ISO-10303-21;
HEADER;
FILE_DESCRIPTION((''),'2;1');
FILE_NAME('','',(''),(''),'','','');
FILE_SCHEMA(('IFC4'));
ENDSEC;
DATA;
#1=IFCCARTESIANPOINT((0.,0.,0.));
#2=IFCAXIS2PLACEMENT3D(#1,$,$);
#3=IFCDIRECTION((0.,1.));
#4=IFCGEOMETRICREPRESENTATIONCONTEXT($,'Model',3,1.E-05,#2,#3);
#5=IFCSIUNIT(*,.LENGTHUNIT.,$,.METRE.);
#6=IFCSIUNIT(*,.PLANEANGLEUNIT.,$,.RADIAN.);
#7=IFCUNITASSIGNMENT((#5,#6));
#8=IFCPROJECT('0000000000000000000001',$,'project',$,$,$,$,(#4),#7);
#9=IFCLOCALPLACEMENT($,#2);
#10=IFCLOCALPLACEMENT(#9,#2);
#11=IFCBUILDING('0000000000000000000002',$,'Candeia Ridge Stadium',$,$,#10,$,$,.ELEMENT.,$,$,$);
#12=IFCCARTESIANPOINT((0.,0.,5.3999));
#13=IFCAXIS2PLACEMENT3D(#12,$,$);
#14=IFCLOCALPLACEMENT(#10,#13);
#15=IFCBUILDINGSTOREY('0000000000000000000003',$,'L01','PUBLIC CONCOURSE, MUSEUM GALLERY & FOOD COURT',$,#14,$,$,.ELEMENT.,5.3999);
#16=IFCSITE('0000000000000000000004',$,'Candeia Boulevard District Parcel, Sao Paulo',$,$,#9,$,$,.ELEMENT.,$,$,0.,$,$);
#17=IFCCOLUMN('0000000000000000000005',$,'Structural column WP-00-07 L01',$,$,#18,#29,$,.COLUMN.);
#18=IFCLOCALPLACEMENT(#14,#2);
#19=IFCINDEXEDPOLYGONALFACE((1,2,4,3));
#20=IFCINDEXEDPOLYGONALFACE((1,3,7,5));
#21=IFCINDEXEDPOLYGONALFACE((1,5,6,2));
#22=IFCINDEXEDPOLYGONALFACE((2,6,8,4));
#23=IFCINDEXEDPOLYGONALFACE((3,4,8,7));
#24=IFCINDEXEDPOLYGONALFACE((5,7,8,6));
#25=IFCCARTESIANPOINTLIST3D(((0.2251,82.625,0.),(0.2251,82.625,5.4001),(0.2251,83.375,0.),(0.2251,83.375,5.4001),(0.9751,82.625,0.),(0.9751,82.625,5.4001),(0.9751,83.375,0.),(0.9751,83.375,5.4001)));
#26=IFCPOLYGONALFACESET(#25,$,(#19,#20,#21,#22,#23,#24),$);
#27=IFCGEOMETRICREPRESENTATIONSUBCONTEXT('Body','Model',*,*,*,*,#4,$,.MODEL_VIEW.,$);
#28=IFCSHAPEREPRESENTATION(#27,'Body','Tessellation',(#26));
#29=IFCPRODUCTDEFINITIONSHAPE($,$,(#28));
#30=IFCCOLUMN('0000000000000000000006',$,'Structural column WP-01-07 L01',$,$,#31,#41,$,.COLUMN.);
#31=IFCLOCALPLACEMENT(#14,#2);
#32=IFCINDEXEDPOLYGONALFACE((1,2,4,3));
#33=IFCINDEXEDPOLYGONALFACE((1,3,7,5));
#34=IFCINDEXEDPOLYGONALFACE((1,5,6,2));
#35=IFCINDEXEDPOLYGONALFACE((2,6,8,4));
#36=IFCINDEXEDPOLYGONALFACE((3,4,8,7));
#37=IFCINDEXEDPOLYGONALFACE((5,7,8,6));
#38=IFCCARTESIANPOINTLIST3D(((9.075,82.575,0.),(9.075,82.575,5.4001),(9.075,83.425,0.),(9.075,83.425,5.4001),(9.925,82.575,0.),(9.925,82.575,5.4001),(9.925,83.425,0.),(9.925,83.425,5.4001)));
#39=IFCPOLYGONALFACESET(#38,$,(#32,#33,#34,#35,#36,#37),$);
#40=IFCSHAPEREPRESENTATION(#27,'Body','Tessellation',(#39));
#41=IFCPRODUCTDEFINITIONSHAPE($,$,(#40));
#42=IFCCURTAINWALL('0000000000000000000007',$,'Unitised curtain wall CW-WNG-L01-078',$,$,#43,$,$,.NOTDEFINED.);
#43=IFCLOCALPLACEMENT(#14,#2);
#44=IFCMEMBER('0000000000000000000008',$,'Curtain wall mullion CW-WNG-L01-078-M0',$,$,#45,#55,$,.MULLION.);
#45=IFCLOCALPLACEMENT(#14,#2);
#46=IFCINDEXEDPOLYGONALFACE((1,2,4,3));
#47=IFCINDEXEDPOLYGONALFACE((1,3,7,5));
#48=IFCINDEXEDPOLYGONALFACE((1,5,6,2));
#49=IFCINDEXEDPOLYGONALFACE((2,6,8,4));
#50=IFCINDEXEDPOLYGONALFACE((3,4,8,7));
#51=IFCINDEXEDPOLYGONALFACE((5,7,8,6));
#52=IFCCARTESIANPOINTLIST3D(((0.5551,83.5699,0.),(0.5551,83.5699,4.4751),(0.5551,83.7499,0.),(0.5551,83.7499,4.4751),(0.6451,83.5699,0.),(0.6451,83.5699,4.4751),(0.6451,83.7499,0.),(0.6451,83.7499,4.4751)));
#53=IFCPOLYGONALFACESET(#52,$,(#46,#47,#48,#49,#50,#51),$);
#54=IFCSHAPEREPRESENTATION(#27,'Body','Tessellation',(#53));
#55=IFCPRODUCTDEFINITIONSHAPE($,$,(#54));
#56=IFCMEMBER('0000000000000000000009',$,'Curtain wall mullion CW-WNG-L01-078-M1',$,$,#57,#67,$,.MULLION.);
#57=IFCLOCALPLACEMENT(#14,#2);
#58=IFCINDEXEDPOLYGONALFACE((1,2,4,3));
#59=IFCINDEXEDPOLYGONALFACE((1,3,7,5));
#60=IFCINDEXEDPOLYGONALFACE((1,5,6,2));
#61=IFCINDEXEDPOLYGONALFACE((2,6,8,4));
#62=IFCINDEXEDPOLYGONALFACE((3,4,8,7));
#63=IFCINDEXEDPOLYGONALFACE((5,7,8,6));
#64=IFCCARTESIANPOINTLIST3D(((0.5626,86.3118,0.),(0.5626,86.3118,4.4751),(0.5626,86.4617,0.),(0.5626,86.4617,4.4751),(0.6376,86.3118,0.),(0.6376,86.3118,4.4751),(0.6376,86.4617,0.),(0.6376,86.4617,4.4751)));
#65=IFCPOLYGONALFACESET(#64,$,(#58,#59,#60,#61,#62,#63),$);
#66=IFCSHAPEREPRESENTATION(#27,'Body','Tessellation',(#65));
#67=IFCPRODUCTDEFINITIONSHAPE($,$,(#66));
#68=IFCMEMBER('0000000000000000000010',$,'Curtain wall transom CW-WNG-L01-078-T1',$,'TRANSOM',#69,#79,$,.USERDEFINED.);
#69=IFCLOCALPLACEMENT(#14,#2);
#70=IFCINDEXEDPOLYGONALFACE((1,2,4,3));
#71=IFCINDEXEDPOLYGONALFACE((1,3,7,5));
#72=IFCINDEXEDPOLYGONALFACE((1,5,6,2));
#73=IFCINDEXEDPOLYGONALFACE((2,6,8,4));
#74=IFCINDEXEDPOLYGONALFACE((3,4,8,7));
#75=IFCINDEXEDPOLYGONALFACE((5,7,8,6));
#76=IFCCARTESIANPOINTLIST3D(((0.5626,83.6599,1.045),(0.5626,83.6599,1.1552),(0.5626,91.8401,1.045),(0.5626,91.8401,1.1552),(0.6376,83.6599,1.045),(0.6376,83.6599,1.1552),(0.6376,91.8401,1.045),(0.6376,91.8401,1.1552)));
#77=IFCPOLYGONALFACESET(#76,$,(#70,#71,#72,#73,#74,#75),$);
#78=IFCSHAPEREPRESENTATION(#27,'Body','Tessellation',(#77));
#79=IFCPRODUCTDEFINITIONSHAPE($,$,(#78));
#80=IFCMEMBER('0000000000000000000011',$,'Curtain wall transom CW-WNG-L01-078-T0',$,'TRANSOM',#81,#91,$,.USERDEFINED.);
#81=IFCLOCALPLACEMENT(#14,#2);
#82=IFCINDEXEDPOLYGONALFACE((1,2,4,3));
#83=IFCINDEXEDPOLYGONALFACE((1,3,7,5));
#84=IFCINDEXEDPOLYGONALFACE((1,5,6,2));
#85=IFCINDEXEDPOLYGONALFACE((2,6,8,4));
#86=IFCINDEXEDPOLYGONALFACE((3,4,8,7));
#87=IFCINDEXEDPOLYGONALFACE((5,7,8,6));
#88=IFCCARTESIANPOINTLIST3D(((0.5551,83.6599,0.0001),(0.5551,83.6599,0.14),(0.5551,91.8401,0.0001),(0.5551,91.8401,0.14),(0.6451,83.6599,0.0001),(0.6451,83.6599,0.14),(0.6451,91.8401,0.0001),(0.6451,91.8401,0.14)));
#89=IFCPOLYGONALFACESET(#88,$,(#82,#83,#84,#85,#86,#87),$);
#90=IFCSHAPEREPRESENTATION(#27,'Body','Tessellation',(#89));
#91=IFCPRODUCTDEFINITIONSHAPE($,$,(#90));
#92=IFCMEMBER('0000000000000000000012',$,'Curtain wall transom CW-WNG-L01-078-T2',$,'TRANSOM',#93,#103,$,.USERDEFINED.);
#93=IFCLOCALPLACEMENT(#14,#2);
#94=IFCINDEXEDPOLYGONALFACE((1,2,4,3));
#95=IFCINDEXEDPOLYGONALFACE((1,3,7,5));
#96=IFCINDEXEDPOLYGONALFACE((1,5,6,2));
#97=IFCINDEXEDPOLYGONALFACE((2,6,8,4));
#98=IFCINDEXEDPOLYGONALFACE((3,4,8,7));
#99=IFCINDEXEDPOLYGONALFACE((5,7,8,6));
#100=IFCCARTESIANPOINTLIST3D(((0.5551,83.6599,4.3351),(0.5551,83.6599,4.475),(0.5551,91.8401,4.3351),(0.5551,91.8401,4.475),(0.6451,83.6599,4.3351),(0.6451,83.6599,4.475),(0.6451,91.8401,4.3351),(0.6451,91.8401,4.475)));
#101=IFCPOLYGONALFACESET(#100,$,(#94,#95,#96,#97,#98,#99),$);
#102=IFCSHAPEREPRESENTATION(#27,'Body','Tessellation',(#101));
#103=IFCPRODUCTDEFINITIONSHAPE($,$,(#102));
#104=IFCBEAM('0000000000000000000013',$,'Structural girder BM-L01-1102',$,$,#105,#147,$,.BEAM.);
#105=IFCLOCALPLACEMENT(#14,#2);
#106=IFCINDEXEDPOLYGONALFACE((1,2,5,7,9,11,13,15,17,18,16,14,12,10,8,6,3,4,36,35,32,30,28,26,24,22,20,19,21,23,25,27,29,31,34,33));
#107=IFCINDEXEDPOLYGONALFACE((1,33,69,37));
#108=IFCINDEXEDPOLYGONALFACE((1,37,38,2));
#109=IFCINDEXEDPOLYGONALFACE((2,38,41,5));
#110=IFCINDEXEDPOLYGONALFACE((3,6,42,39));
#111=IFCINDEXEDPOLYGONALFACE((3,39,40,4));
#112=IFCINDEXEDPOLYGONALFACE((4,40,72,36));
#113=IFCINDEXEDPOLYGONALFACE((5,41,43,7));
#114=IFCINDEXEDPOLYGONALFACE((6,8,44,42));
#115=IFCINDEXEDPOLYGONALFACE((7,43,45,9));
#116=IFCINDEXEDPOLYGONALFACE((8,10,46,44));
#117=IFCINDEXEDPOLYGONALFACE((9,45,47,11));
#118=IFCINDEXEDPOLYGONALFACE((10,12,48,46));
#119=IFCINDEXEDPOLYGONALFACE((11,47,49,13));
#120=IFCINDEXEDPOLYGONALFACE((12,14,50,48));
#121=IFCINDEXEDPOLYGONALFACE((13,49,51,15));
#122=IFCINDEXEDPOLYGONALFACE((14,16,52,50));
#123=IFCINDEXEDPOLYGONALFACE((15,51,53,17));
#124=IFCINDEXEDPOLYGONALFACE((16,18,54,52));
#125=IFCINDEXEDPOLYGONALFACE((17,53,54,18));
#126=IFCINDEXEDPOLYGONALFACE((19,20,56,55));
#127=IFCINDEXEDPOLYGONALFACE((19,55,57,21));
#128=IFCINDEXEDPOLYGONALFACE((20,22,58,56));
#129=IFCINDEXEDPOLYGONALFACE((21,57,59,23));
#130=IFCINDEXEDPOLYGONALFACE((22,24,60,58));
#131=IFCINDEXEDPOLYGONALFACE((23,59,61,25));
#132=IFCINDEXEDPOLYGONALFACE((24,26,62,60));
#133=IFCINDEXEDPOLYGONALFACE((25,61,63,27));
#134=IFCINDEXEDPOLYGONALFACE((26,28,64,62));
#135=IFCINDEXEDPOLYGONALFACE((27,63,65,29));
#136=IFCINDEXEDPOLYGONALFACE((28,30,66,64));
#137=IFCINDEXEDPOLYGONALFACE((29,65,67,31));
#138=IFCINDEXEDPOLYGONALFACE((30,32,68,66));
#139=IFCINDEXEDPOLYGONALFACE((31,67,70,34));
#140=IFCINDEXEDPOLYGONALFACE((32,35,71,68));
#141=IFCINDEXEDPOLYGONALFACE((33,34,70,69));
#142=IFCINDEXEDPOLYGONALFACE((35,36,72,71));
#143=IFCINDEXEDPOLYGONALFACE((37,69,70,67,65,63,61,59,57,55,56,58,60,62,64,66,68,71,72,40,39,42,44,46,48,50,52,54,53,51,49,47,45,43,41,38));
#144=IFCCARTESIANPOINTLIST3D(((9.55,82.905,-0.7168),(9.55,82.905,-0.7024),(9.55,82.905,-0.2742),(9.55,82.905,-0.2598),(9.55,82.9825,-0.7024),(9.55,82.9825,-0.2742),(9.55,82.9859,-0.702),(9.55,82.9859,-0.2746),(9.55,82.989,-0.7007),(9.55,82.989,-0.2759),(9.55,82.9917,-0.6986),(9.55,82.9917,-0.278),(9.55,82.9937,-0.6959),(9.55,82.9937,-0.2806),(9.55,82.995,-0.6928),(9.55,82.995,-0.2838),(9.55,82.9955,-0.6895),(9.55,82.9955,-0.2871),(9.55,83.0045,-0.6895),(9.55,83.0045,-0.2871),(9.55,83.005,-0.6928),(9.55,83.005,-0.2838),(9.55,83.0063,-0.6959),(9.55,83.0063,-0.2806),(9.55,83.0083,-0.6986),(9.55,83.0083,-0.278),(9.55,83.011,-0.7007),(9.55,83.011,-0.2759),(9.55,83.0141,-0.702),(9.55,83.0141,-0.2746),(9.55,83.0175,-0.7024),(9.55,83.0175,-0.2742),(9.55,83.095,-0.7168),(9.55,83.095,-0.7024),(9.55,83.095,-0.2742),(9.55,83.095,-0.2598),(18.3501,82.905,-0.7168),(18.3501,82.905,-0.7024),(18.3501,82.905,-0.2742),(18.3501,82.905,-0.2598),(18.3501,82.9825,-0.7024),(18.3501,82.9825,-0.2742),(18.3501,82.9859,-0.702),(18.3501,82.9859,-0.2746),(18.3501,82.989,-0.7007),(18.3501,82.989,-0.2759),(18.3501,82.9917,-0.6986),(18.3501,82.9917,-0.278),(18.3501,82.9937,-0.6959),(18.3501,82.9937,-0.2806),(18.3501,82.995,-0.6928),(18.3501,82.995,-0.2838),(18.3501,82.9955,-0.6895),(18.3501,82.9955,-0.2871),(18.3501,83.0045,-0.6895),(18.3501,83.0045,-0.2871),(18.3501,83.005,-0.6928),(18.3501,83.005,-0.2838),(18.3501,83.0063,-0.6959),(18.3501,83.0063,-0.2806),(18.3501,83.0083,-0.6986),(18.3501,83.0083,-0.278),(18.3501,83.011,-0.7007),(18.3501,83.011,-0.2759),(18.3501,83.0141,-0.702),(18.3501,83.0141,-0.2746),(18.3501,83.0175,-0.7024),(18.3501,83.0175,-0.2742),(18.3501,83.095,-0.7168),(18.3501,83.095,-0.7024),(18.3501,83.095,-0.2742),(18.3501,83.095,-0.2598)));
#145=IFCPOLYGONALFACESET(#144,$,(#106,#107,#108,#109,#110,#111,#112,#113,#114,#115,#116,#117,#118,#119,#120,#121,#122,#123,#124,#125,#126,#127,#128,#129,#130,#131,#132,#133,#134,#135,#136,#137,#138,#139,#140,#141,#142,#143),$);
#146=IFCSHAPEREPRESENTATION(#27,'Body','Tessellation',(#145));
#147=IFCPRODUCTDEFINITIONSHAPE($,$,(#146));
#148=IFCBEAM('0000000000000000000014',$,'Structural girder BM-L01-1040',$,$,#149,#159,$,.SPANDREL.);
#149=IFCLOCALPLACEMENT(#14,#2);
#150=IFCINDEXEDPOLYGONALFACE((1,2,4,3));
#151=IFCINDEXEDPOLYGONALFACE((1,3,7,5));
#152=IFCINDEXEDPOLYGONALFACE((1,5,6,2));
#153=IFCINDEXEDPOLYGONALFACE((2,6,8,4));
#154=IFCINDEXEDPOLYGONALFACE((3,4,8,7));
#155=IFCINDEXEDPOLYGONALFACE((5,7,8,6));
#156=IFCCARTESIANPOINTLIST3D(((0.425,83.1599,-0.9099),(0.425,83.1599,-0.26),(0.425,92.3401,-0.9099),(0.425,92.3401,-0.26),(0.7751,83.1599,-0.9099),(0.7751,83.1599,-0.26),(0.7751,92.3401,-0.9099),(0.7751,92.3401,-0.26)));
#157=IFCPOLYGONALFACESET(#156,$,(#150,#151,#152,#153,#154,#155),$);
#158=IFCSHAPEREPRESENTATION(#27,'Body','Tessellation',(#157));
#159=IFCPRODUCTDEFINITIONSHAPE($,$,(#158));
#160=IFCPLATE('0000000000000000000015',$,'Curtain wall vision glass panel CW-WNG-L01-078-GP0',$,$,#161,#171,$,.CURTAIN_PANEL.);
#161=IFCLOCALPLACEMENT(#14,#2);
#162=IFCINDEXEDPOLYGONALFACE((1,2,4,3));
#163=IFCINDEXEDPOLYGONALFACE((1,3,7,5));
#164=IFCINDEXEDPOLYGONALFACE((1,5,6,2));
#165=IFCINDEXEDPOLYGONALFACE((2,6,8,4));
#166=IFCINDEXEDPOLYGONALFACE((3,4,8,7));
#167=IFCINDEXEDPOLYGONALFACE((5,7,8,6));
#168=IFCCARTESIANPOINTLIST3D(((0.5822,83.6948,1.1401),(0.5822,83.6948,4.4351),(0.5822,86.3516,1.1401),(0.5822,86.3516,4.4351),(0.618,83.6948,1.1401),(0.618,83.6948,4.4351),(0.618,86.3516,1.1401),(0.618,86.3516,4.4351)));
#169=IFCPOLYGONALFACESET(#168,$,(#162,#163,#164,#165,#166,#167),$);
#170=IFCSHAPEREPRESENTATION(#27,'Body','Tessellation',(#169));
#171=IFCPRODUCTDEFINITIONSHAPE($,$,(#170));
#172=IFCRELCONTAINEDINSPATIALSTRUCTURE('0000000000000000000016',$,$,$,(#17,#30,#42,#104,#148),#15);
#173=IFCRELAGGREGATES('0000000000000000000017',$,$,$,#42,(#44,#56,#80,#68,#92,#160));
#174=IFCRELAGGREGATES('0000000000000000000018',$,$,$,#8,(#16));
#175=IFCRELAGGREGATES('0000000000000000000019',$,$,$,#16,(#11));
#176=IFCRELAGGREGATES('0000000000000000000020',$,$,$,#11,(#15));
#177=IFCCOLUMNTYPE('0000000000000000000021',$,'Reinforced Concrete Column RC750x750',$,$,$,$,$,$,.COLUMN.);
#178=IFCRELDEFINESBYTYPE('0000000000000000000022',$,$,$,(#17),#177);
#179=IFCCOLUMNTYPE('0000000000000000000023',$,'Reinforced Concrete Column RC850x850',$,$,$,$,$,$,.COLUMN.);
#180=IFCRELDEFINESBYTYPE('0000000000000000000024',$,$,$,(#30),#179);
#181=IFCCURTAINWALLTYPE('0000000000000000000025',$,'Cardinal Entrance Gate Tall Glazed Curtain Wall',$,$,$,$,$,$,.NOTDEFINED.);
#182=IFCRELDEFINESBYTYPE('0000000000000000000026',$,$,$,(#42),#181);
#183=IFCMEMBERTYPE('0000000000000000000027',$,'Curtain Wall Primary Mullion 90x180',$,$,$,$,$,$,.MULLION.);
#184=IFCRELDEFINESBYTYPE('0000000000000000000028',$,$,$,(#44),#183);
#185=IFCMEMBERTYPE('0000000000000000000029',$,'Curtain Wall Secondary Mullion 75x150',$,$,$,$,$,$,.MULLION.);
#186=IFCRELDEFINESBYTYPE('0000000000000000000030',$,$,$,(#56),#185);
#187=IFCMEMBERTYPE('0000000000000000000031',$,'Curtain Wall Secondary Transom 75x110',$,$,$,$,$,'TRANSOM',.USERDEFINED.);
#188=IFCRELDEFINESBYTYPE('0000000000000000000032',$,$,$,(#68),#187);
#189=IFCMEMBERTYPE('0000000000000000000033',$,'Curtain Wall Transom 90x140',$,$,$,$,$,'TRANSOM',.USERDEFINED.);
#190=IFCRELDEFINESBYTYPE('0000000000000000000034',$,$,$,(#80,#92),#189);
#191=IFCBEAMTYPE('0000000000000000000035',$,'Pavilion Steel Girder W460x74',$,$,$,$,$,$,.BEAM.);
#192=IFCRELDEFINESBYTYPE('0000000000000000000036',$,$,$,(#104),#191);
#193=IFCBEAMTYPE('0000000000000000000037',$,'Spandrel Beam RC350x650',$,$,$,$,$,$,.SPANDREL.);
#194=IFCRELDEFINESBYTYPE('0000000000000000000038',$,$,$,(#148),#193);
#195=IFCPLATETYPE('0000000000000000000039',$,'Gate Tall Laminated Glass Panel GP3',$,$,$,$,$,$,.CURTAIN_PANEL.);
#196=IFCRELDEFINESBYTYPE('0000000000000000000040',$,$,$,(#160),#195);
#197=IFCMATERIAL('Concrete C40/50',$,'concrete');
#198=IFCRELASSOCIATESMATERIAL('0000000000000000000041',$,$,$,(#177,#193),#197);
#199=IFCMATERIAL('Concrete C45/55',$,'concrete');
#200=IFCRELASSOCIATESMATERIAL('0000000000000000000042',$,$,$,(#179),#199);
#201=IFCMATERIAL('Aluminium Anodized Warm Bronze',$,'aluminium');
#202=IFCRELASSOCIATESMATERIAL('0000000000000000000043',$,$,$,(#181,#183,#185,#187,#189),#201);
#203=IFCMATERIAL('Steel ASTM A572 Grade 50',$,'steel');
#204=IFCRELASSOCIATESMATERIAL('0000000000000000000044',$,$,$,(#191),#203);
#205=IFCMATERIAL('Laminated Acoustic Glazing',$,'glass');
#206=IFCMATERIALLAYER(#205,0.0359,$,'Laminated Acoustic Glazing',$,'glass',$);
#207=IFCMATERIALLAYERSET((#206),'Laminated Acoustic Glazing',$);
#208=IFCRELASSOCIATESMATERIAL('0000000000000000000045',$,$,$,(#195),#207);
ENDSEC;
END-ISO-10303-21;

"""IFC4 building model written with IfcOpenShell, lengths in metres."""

from ifc_helpers import new_model, si_unit, direction, frame, origin, origin_2d, place, context, subcontext, project, spatial, rectangle, i_section, extrude, material, layer, layer_set, material_profile, profile_set, type_object, element, aggregate, save


model = new_model("IFC4")

# Units and contexts
model_context = context("Model", 3, precision=1e-05, world=origin(), true_north=direction((0.0, 1.0)))
body_context = subcontext(model_context, "Body", "Model", "MODEL_VIEW")
ifc_project = project(units=[si_unit("LENGTHUNIT", "METRE"), si_unit("PLANEANGLEUNIT", "RADIAN")], contexts=[model_context])

# Site, building, storey
site_placement = place(None, origin())
site = spatial("IfcSite", under=ifc_project, at=site_placement, Name="Candeia Boulevard District Parcel, Sao Paulo", CompositionType="ELEMENT", RefElevation=0.0)
building_placement = place(site_placement, origin())
building = spatial("IfcBuilding", under=site, at=building_placement, Name="Candeia Ridge Stadium", CompositionType="ELEMENT")
storey_placement = place(building_placement, frame((0.0, 0.0, 5.3999)))
storey = spatial("IfcBuildingStorey", under=building, at=storey_placement, Name="L01", Description="PUBLIC CONCOURSE, MUSEUM GALLERY & FOOD COURT", CompositionType="ELEMENT", Elevation=5.3999)

# Columns
ifc_material_1 = material(Name="Concrete C40/50", Category="concrete")
ifc_material_profile_1 = material_profile(ifc_material_1, rectangle(XDim=0.75, YDim=0.75, at=origin_2d()), Name="RC750x750", Category="concrete")
ifc_profile_set_1 = profile_set([ifc_material_profile_1], Name="Concrete C40/50")
column_type_1 = type_object("IfcColumnType", Name="Reinforced Concrete Column RC750x750", PredefinedType="COLUMN", material=ifc_profile_set_1)
column_1_placement = place(storey_placement, frame((0.6001, 83.0, 0.0), z_axis=(0.0, 0.0, 1.0), x_axis=(1.0, 0.0, 0.0)))
element("IfcColumn", 1, at=column_1_placement, inside=storey, type_object=column_type_1, Name="Structural column WP-00-07 L01", PredefinedType="COLUMN", context=body_context, shape_type="SweptSolid", body=[
    extrude(rectangle(XDim=0.75, YDim=0.75, at=origin_2d()), origin(), (0.0, 0.0, 1.0), 5.4001),
])
ifc_material_2 = material(Name="Concrete C45/55", Category="concrete")
ifc_material_profile_2 = material_profile(ifc_material_2, rectangle(XDim=0.8501, YDim=0.8501, at=origin_2d()), Name="RC850x850", Category="concrete")
ifc_profile_set_2 = profile_set([ifc_material_profile_2], Name="Concrete C45/55")
column_type_2 = type_object("IfcColumnType", Name="Reinforced Concrete Column RC850x850", PredefinedType="COLUMN", material=ifc_profile_set_2)
column_2_placement = place(storey_placement, frame((9.5, 83.0, 0.0), z_axis=(0.0, 0.0, 1.0), x_axis=(1.0, 0.0, 0.0)))
element("IfcColumn", 2, at=column_2_placement, inside=storey, type_object=column_type_2, Name="Structural column WP-01-07 L01", PredefinedType="COLUMN", context=body_context, shape_type="SweptSolid", body=[
    extrude(rectangle(XDim=0.8501, YDim=0.8501, at=origin_2d()), origin(), (0.0, 0.0, 1.0), 5.4001),
])

# Curtain wall, members
ifc_material_3 = material(Name="Aluminium Anodized Warm Bronze", Category="aluminium")
curtain_wall_type = type_object("IfcCurtainWallType", Name="Cardinal Entrance Gate Tall Glazed Curtain Wall", PredefinedType="NOTDEFINED", material=ifc_material_3)
curtain_wall_placement = place(storey_placement, origin())
curtain_wall = element("IfcCurtainWall", 3, at=curtain_wall_placement, inside=storey, type_object=curtain_wall_type, Name="Unitised curtain wall CW-WNG-L01-078", PredefinedType="NOTDEFINED")
ifc_material_profile_3 = material_profile(ifc_material_3, rectangle(XDim=0.0901, YDim=0.1799, at=origin_2d()), Name="CWM-90x180", Category="aluminium")
ifc_profile_set_3 = profile_set([ifc_material_profile_3], Name="Aluminium Anodized Warm Bronze")
member_type_1 = type_object("IfcMemberType", Name="Curtain Wall Primary Mullion 90x180", PredefinedType="MULLION", material=ifc_profile_set_3)
member_1_placement = place(storey_placement, frame((0.6001, 83.6599, 0.0), z_axis=(0.0, 0.0, 1.0), x_axis=(1.0, 0.0, 0.0)))
member_1 = element("IfcMember", 4, at=member_1_placement, type_object=member_type_1, Name="Curtain wall mullion CW-WNG-L01-078-M0", PredefinedType="MULLION", context=body_context, shape_type="SweptSolid", body=[
    extrude(rectangle(XDim=0.0901, YDim=0.1799, at=origin_2d()), origin(), (0.0, 0.0, 1.0), 4.4751),
])
ifc_material_profile_4 = material_profile(ifc_material_3, rectangle(XDim=0.075, YDim=0.1499, at=origin_2d()), Name="CWM-75x150", Category="aluminium")
ifc_profile_set_4 = profile_set([ifc_material_profile_4], Name="Aluminium Anodized Warm Bronze")
member_type_2 = type_object("IfcMemberType", Name="Curtain Wall Secondary Mullion 75x150", PredefinedType="MULLION", material=ifc_profile_set_4)
member_2_placement = place(storey_placement, frame((0.6001, 86.3867, 0.0), z_axis=(0.0, 0.0, 1.0), x_axis=(1.0, 0.0, 0.0)))
member_2 = element("IfcMember", 5, at=member_2_placement, type_object=member_type_2, Name="Curtain wall mullion CW-WNG-L01-078-M1", PredefinedType="MULLION", context=body_context, shape_type="SweptSolid", body=[
    extrude(rectangle(XDim=0.075, YDim=0.1499, at=origin_2d()), origin(), (0.0, 0.0, 1.0), 4.4751),
])
ifc_material_profile_5 = material_profile(ifc_material_3, rectangle(XDim=0.075, YDim=0.1101, at=origin_2d()), Name="CWT-75x110", Category="aluminium")
ifc_profile_set_5 = profile_set([ifc_material_profile_5], Name="Aluminium Anodized Warm Bronze")
member_type_3 = type_object("IfcMemberType", Name="Curtain Wall Secondary Transom 75x110", ElementType="TRANSOM", PredefinedType="USERDEFINED", material=ifc_profile_set_5)
member_3_placement = place(storey_placement, frame((0.6001, 83.6599, 1.1001), z_axis=(0.0, 1.0, 0.0), x_axis=(-1.0, 0.0, 0.0)))
member_3 = element("IfcMember", 6, at=member_3_placement, type_object=member_type_3, Name="Curtain wall transom CW-WNG-L01-078-T1", ObjectType="TRANSOM", PredefinedType="USERDEFINED", context=body_context, shape_type="SweptSolid", body=[
    extrude(rectangle(XDim=0.075, YDim=0.1101, at=origin_2d()), origin(), (0.0, 0.0, 1.0), 8.1802),
])
ifc_material_profile_6 = material_profile(ifc_material_3, rectangle(XDim=0.0901, YDim=0.1399, at=origin_2d()), Name="CWT-90x140", Category="aluminium")
ifc_profile_set_6 = profile_set([ifc_material_profile_6], Name="Aluminium Anodized Warm Bronze")
member_type_4 = type_object("IfcMemberType", Name="Curtain Wall Transom 90x140", ElementType="TRANSOM", PredefinedType="USERDEFINED", material=ifc_profile_set_6)
member_4_placement = place(storey_placement, frame((0.6001, 83.6599, 0.0701), z_axis=(0.0, 1.0, 0.0), x_axis=(-1.0, 0.0, 0.0)))
member_4 = element("IfcMember", 7, at=member_4_placement, type_object=member_type_4, Name="Curtain wall transom CW-WNG-L01-078-T0", ObjectType="TRANSOM", PredefinedType="USERDEFINED", context=body_context, shape_type="SweptSolid", body=[
    extrude(rectangle(XDim=0.0901, YDim=0.1399, at=origin_2d()), origin(), (0.0, 0.0, 1.0), 8.1802),
])
member_5_placement = place(storey_placement, frame((0.6001, 83.6599, 4.405), z_axis=(0.0, 1.0, 0.0), x_axis=(-1.0, 0.0, 0.0)))
member_5 = element("IfcMember", 8, at=member_5_placement, type_object=member_type_4, Name="Curtain wall transom CW-WNG-L01-078-T2", ObjectType="TRANSOM", PredefinedType="USERDEFINED", context=body_context, shape_type="SweptSolid", body=[
    extrude(rectangle(XDim=0.0901, YDim=0.1399, at=origin_2d()), origin(), (0.0, 0.0, 1.0), 8.1802),
])

# Beams
ifc_material_4 = material(Name="Steel ASTM A572 Grade 50", Category="steel")
ifc_material_profile_7 = material_profile(ifc_material_4, i_section(OverallWidth=0.1899, OverallDepth=0.457, WebThickness=0.009, FlangeThickness=0.0144, FilletRadius=0.0129, at=origin_2d()), Name="W460x74", Category="steel")
ifc_profile_set_7 = profile_set([ifc_material_profile_7], Name="Steel ASTM A572 Grade 50")
beam_type_1 = type_object("IfcBeamType", Name="Pavilion Steel Girder W460x74", PredefinedType="BEAM", material=ifc_profile_set_7)
beam_1_placement = place(storey_placement, frame((9.55, 83.0, -0.4883), z_axis=(1.0, 0.0, 0.0), x_axis=(0.0, 1.0, 0.0)))
element("IfcBeam", 9, at=beam_1_placement, inside=storey, type_object=beam_type_1, Name="Structural girder BM-L01-1102", PredefinedType="BEAM", context=body_context, shape_type="SweptSolid", body=[
    extrude(i_section(OverallWidth=0.1899, OverallDepth=0.457, WebThickness=0.009, FlangeThickness=0.0144, FilletRadius=0.0129, at=origin_2d()), origin(), (0.0, 0.0, 1.0), 8.8),
])
ifc_material_profile_8 = material_profile(ifc_material_1, rectangle(XDim=0.3501, YDim=0.6499, at=origin_2d()), Name="RC350x650", Category="concrete")
ifc_profile_set_8 = profile_set([ifc_material_profile_8], Name="Concrete C40/50")
beam_type_2 = type_object("IfcBeamType", Name="Spandrel Beam RC350x650", PredefinedType="SPANDREL", material=ifc_profile_set_8)
beam_2_placement = place(storey_placement, frame((0.6001, 83.1599, -0.585), z_axis=(0.0, 1.0, 0.0), x_axis=(-1.0, 0.0, 0.0)))
element("IfcBeam", 10, at=beam_2_placement, inside=storey, type_object=beam_type_2, Name="Structural girder BM-L01-1040", PredefinedType="SPANDREL", context=body_context, shape_type="SweptSolid", body=[
    extrude(rectangle(XDim=0.3501, YDim=0.6499, at=origin_2d()), origin(), (0.0, 0.0, 1.0), 9.1802),
])

# Plate
ifc_material_5 = material(Name="Laminated Acoustic Glazing", Category="glass")
ifc_layer_1 = layer(ifc_material_5, 0.0359, Name="Laminated Acoustic Glazing", Category="glass")
ifc_layer_set_1 = layer_set([ifc_layer_1], Name="Laminated Acoustic Glazing")
plate_type_1 = type_object("IfcPlateType", Name="Gate Tall Laminated Glass Panel GP3", PredefinedType="CURTAIN_PANEL", material=ifc_layer_set_1)
plate_1_placement = place(storey_placement, frame((0.6001, 85.0232, 1.1401), z_axis=(0.0, 0.0, 1.0), x_axis=(0.0, 1.0, 0.0)))
plate_1 = element("IfcPlate", 11, at=plate_1_placement, type_object=plate_type_1, Name="Curtain wall vision glass panel CW-WNG-L01-078-GP0", PredefinedType="CURTAIN_PANEL", context=body_context, shape_type="SweptSolid", body=[
    extrude(rectangle(XDim=2.6567, YDim=0.0359, at=origin_2d()), origin(), (0.0, 0.0, 1.0), 3.2949),
])
aggregate(curtain_wall, [member_1, member_2, member_4, member_3, member_5, plate_1])

save(model, "model.ifc")
